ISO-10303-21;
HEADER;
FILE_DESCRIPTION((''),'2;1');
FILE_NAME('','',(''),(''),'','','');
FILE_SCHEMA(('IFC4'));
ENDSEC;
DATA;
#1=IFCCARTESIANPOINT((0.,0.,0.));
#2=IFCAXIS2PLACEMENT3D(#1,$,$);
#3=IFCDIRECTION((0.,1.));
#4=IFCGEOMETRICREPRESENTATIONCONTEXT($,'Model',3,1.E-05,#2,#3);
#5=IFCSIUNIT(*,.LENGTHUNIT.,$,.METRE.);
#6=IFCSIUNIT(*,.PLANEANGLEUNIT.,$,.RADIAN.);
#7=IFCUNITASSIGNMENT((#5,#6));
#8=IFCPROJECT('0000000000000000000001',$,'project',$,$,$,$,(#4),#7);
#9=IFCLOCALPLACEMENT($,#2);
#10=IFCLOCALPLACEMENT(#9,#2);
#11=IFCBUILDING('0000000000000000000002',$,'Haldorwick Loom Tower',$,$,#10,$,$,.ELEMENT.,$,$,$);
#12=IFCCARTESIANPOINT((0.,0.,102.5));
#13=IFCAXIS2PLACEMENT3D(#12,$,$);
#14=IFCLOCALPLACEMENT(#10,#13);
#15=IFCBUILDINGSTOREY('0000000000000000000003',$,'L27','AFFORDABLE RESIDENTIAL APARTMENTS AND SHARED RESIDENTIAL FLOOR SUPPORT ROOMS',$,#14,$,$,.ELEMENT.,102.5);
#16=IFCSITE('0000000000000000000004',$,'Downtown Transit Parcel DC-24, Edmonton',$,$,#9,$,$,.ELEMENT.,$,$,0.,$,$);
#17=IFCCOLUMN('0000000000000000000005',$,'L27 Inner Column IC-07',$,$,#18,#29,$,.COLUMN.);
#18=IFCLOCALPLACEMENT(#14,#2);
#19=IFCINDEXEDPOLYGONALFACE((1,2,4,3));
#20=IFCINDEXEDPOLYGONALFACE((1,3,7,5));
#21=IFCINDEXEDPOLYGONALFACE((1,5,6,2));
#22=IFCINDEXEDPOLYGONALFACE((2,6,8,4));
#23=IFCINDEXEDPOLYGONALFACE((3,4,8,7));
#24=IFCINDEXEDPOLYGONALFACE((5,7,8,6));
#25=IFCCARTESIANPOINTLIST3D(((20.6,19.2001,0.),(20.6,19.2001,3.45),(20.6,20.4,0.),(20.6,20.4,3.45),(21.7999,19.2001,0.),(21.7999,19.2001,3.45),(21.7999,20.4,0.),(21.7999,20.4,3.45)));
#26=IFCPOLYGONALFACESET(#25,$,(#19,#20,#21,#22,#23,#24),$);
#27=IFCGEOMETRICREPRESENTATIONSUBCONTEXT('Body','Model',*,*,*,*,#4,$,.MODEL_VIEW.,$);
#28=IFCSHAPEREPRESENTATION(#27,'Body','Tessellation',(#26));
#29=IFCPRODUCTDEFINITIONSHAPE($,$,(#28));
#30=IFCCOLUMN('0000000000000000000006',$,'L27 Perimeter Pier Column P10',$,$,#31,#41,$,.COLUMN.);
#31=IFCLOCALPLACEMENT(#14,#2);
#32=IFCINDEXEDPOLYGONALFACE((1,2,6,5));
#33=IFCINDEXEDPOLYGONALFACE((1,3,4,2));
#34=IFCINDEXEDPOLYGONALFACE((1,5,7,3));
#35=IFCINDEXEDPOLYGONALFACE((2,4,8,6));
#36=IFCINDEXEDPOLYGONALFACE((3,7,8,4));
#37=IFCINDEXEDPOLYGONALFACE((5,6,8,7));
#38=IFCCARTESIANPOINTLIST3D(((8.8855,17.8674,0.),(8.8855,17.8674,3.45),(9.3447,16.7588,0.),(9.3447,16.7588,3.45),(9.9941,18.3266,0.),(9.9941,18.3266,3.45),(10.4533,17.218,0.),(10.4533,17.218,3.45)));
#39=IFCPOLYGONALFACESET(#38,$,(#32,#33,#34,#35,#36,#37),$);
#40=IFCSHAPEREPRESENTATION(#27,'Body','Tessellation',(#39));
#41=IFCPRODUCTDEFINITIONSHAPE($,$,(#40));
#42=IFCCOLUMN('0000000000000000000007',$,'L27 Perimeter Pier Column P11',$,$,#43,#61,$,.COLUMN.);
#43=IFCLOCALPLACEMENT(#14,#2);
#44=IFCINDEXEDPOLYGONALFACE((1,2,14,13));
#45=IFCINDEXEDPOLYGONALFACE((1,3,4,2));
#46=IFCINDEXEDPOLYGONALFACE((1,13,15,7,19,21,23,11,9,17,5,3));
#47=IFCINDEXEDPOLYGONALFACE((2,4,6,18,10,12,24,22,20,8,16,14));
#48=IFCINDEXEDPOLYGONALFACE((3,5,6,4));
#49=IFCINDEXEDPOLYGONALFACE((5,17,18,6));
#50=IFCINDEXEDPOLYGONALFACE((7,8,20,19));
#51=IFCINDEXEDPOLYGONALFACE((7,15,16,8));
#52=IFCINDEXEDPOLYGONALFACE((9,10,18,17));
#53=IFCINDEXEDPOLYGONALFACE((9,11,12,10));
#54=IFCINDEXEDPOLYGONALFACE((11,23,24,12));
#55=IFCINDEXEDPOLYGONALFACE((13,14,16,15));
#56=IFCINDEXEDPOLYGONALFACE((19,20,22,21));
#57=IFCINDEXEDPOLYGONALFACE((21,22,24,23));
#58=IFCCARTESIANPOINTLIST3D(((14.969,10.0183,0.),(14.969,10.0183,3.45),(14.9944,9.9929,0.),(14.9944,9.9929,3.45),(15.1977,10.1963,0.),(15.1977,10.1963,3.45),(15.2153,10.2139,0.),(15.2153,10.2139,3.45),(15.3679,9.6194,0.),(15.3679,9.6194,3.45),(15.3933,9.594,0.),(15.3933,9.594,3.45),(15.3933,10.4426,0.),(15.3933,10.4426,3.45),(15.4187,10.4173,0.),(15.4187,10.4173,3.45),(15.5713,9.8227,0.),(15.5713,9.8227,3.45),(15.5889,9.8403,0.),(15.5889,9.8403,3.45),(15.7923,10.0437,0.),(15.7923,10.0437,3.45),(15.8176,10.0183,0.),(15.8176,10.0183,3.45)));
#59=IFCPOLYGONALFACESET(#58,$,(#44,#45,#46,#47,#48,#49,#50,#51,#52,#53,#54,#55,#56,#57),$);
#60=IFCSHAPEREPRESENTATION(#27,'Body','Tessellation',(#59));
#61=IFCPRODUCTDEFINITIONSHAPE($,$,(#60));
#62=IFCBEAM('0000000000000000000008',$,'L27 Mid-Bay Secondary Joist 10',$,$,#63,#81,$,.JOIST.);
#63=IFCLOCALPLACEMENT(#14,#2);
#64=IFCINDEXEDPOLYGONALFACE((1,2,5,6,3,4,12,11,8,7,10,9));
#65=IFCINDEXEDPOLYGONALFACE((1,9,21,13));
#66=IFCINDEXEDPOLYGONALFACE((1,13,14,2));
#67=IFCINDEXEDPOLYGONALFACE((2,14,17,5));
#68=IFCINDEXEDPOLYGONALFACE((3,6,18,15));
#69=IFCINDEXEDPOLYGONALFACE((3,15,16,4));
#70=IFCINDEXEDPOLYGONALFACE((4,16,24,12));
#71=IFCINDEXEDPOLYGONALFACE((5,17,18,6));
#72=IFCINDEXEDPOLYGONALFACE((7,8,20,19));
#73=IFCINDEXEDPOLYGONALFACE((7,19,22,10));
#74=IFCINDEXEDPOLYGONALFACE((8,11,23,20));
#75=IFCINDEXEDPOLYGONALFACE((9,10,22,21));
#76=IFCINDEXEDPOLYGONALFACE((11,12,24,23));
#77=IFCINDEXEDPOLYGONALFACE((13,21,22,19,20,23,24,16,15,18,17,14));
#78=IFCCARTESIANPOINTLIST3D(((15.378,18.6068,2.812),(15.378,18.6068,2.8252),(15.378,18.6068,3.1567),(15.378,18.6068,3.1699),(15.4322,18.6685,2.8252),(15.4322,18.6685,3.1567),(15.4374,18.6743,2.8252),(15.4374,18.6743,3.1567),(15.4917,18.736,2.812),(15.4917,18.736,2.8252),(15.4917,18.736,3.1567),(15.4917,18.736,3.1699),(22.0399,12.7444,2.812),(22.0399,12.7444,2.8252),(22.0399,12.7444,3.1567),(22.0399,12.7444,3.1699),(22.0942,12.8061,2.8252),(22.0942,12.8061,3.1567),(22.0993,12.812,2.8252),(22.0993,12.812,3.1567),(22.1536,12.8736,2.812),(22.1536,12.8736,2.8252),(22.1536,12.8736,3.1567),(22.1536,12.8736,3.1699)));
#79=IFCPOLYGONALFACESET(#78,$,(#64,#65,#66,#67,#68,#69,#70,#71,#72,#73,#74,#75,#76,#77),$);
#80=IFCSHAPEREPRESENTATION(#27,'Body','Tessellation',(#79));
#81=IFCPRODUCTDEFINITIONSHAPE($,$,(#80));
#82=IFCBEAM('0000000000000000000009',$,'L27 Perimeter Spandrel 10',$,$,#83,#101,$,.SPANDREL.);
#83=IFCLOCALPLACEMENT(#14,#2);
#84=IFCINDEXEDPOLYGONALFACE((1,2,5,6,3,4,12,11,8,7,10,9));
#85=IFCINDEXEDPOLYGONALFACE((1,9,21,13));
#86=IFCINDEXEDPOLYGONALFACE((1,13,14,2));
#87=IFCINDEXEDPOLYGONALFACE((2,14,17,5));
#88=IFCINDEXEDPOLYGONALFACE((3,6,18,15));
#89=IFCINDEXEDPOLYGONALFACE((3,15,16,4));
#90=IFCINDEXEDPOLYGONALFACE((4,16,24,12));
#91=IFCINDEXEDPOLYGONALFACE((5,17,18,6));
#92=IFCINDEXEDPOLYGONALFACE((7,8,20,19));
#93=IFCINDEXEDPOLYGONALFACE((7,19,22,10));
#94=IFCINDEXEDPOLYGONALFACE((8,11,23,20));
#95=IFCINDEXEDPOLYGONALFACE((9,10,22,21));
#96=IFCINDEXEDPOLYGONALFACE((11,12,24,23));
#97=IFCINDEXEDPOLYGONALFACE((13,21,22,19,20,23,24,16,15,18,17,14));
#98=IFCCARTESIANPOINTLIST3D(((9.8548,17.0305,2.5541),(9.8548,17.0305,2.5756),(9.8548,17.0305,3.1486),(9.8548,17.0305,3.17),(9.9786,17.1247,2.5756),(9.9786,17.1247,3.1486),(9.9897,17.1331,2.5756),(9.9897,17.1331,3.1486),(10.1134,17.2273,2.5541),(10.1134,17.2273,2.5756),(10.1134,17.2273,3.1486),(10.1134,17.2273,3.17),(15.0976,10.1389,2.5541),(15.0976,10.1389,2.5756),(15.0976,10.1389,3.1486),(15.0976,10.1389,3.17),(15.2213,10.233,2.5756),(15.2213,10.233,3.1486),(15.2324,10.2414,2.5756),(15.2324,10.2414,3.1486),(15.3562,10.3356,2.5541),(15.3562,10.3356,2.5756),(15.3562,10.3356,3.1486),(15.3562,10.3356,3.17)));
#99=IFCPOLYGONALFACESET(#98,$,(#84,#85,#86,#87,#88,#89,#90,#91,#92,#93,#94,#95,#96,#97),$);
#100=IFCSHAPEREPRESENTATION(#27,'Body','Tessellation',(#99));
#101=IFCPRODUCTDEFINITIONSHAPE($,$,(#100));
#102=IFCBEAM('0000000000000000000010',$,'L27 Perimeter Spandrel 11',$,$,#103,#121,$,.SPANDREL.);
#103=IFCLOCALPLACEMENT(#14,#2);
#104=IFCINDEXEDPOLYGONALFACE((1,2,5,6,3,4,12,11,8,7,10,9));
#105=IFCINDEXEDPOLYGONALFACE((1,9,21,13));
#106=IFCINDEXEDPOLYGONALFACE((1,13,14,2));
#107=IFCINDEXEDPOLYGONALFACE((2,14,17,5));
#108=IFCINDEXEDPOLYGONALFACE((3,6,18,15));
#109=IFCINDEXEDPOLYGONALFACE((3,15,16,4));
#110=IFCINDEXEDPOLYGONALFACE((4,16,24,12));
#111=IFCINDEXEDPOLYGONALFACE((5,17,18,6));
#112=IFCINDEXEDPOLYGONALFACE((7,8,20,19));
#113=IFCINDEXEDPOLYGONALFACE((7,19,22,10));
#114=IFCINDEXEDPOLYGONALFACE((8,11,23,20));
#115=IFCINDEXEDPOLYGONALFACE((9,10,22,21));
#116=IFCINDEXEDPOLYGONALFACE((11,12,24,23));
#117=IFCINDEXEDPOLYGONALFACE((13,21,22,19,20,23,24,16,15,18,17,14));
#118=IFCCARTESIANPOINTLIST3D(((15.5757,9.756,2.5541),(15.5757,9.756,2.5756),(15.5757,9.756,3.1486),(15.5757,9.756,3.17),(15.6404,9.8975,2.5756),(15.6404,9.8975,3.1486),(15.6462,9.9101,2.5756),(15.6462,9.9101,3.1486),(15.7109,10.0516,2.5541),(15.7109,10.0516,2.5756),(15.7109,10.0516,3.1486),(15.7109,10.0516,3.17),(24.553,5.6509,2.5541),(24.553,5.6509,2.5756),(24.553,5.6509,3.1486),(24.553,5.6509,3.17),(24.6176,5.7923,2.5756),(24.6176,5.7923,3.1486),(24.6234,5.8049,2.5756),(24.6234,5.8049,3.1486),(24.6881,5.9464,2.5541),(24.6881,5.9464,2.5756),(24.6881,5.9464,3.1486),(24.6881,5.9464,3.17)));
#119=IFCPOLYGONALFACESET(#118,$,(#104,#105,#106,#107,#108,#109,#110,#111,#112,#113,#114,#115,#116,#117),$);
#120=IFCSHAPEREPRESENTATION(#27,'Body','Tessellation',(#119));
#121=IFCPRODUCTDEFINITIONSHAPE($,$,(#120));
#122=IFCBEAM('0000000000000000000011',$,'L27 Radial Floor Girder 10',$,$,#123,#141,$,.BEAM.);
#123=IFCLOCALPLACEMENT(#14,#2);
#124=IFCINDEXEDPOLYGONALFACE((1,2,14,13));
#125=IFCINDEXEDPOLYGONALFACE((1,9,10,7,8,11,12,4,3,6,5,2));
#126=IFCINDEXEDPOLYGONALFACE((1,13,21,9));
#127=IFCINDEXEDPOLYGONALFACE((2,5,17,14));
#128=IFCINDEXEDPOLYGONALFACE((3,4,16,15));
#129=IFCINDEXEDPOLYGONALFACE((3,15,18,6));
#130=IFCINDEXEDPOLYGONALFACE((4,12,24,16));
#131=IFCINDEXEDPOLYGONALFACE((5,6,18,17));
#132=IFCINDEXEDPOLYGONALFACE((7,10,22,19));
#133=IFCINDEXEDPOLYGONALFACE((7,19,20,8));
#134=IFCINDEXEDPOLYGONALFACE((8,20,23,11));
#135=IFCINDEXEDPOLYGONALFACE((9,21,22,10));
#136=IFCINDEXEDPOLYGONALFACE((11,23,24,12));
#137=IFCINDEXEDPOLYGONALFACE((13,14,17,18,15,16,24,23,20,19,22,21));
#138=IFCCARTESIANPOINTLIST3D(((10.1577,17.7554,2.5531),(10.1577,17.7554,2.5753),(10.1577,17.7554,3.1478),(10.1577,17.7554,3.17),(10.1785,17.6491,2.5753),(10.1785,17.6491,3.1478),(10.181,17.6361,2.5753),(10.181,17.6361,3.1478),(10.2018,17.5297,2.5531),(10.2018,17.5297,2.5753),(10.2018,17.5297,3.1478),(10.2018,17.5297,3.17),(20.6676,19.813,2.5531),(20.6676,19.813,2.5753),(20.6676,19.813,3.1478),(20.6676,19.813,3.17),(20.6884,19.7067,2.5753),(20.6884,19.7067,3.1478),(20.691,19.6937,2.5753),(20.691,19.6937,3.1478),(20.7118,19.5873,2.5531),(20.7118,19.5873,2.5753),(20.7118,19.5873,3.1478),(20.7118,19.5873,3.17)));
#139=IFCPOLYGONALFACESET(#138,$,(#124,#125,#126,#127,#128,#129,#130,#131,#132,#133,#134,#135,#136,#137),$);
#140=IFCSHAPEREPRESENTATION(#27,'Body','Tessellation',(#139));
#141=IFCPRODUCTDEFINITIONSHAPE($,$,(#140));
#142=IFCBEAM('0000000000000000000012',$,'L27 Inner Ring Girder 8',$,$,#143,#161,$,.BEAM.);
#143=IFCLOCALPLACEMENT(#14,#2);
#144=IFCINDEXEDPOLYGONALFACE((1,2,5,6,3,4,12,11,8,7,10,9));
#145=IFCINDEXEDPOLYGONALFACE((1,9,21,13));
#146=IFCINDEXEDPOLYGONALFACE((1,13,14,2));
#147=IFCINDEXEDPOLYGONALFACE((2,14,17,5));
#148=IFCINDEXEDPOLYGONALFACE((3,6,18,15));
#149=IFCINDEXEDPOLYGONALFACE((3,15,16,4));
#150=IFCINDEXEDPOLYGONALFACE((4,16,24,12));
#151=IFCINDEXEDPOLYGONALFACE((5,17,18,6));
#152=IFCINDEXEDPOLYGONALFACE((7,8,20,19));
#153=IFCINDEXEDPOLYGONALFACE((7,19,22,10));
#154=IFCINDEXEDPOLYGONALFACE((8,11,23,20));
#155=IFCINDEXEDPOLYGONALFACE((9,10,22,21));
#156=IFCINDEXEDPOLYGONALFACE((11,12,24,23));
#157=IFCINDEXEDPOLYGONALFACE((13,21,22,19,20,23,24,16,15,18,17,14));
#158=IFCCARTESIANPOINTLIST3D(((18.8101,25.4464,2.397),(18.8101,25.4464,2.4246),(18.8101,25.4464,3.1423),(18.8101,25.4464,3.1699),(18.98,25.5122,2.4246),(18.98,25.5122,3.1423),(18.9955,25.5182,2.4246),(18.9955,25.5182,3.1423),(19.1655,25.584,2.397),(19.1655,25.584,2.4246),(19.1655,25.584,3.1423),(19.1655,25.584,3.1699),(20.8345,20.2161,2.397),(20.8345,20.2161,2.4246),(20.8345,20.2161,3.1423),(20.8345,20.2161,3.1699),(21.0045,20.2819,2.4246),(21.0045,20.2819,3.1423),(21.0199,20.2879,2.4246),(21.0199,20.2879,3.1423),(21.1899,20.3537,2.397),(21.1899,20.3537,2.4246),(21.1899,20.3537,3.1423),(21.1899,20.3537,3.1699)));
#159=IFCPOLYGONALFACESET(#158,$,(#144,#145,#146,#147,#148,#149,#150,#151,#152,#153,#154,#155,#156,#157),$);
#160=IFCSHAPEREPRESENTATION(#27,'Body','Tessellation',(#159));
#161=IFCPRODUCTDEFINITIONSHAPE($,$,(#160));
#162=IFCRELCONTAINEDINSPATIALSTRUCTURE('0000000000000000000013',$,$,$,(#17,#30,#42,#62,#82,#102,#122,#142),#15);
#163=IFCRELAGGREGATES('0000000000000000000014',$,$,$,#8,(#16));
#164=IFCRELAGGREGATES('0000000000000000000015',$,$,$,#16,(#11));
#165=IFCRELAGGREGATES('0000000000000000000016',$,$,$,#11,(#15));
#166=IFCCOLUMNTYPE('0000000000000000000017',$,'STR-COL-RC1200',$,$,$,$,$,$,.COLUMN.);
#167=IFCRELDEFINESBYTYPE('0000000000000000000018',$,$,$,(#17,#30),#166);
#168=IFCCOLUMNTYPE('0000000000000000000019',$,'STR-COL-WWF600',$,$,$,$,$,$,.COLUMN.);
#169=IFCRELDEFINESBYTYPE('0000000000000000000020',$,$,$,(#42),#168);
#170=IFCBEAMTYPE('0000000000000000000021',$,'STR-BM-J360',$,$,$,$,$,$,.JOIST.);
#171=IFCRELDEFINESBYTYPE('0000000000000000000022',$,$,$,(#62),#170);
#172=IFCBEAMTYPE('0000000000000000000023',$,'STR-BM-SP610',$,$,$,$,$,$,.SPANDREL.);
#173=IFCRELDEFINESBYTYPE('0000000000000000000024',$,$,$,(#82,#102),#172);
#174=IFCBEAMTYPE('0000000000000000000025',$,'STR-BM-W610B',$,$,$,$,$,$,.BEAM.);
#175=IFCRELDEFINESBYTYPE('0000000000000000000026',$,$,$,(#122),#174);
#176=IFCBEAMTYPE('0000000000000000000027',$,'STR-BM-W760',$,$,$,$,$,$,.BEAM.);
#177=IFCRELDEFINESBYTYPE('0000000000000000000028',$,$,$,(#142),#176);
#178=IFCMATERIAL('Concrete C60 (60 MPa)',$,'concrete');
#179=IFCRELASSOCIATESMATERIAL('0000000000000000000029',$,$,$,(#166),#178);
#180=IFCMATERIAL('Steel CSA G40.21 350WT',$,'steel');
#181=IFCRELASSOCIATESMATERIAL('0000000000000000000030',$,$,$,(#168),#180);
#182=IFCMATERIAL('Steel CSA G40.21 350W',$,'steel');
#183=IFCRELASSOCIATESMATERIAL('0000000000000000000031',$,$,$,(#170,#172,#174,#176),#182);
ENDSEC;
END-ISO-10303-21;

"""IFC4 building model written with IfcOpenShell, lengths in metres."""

from ifc_helpers import new_model, si_unit, direction, frame, origin, origin_2d, place, context, subcontext, project, spatial, rectangle, i_section, extrude, material, material_profile, profile_set, type_object, element, save


model = new_model("IFC4")

# Units and contexts
model_context = context("Model", 3, precision=1e-05, world=origin(), true_north=direction((0.0, 1.0)))
body_context = subcontext(model_context, "Body", "Model", "MODEL_VIEW")
ifc_project = project(units=[si_unit("LENGTHUNIT", "METRE"), si_unit("PLANEANGLEUNIT", "RADIAN")], contexts=[model_context])

# Site, building, storey
site_placement = place(None, origin())
site = spatial("IfcSite", under=ifc_project, at=site_placement, Name="Downtown Transit Parcel DC-24, Edmonton", CompositionType="ELEMENT", RefElevation=0.0)
building_placement = place(site_placement, origin())
building = spatial("IfcBuilding", under=site, at=building_placement, Name="Haldorwick Loom Tower", CompositionType="ELEMENT")
storey_placement = place(building_placement, frame((0.0, 0.0, 102.5)))
storey = spatial("IfcBuildingStorey", under=building, at=storey_placement, Name="L27", Description="AFFORDABLE RESIDENTIAL APARTMENTS AND SHARED RESIDENTIAL FLOOR SUPPORT ROOMS", CompositionType="ELEMENT", Elevation=102.5)

# Columns
ifc_material_1 = material(Name="Concrete C60 (60 MPa)", Category="concrete")
ifc_material_profile_1 = material_profile(ifc_material_1, rectangle(XDim=1.2, YDim=1.2, at=origin_2d()), Name="RC1200X1200", Category="concrete")
ifc_profile_set_1 = profile_set([ifc_material_profile_1], Name="Concrete C60 (60 MPa)")
column_type_1 = type_object("IfcColumnType", Name="STR-COL-RC1200", PredefinedType="COLUMN", material=ifc_profile_set_1)
for number, where, z_axis, x_axis, name in (
    (1, (21.2, 19.8, 0.0), (0.0, 0.0, 1.0), (1.0, 0.0, 0.0), "L27 Inner Column IC-07"),
    (2, (9.6694, 17.5427, 0.0), (0.0, 0.0, 1.0), (-0.92388, -0.382683, 0.0), "L27 Perimeter Pier Column P10"),
):
    element("IfcColumn", number, at=place(storey_placement, frame(where, z_axis=z_axis, x_axis=x_axis)), inside=storey, type_object=column_type_1, Name=name, PredefinedType="COLUMN", context=body_context, shape_type="SweptSolid", body=[
        extrude(rectangle(XDim=1.2, YDim=1.2, at=origin_2d()), origin(), (0.0, 0.0, 1.0), 3.45),
    ])
ifc_material_2 = material(Name="Steel CSA G40.21 350WT", Category="steel")
ifc_material_profile_2 = material_profile(ifc_material_2, i_section(OverallWidth=0.6001, OverallDepth=0.6001, WebThickness=0.0249, FlangeThickness=0.0359, at=origin_2d()), Name="WWF600X600", Category="steel")
ifc_profile_set_2 = profile_set([ifc_material_profile_2], Name="Steel CSA G40.21 350WT")
column_type_2 = type_object("IfcColumnType", Name="STR-COL-WWF600", PredefinedType="COLUMN", material=ifc_profile_set_2)
column_placement = place(storey_placement, frame((15.3933, 10.0183, 0.0), z_axis=(0.0, 0.0, 1.0), x_axis=(-0.707107, -0.707107, 0.0)))
element("IfcColumn", 3, at=column_placement, inside=storey, type_object=column_type_2, Name="L27 Perimeter Pier Column P11", PredefinedType="COLUMN", context=body_context, shape_type="SweptSolid", body=[
    extrude(i_section(OverallWidth=0.6001, OverallDepth=0.6001, WebThickness=0.0249, FlangeThickness=0.0359, at=origin_2d()), origin(), (0.0, 0.0, 1.0), 3.45),
])

# Beams
ifc_material_3 = material(Name="Steel CSA G40.21 350W", Category="steel")
ifc_material_profile_3 = material_profile(ifc_material_3, i_section(OverallWidth=0.1721, OverallDepth=0.3579, WebThickness=0.0078, FlangeThickness=0.0132, at=origin_2d()), Name="W360X57", Category="steel")
ifc_profile_set_3 = profile_set([ifc_material_profile_3], Name="Steel CSA G40.21 350W")
beam_type_1 = type_object("IfcBeamType", Name="STR-BM-J360", PredefinedType="JOIST", material=ifc_profile_set_3)
beam_1_placement = place(storey_placement, frame((15.4348, 18.6714, 2.991), z_axis=(0.750721, -0.660619, 0.0), x_axis=(0.660619, 0.750721, 0.0)))
element("IfcBeam", 4, at=beam_1_placement, inside=storey, type_object=beam_type_1, Name="L27 Mid-Bay Secondary Joist 10", PredefinedType="JOIST", context=body_context, shape_type="SweptSolid", body=[
    extrude(i_section(OverallWidth=0.1721, OverallDepth=0.3579, WebThickness=0.0078, FlangeThickness=0.0132, at=origin_2d()), origin(), (0.0, 0.0, 1.0), 8.874),
])
ifc_material_profile_4 = material_profile(ifc_material_3, i_section(OverallWidth=0.325, OverallDepth=0.616, WebThickness=0.0139, FlangeThickness=0.0215, at=origin_2d()), Name="W610X174", Category="steel")
ifc_profile_set_4 = profile_set([ifc_material_profile_4], Name="Steel CSA G40.21 350W")
beam_type_2 = type_object("IfcBeamType", Name="STR-BM-SP610", PredefinedType="SPANDREL", material=ifc_profile_set_4)
beam_2_placement = place(storey_placement, frame((9.9841, 17.1289, 2.8621), z_axis=(0.605454, -0.795881, 0.0), x_axis=(0.795881, 0.605454, 0.0)))
element("IfcBeam", 5, at=beam_2_placement, inside=storey, type_object=beam_type_2, Name="L27 Perimeter Spandrel 10", PredefinedType="SPANDREL", context=body_context, shape_type="SweptSolid", body=[
    extrude(i_section(OverallWidth=0.325, OverallDepth=0.616, WebThickness=0.0139, FlangeThickness=0.0215, at=origin_2d()), origin(), (0.0, 0.0, 1.0), 8.6592),
])
beam_3_placement = place(storey_placement, frame((15.6433, 9.9038, 2.8621), z_axis=(0.909424, -0.41587, 0.0), x_axis=(0.41587, 0.909424, 0.0)))
element("IfcBeam", 6, at=beam_3_placement, inside=storey, type_object=beam_type_2, Name="L27 Perimeter Spandrel 11", PredefinedType="SPANDREL", context=body_context, shape_type="SweptSolid", body=[
    extrude(i_section(OverallWidth=0.325, OverallDepth=0.616, WebThickness=0.0139, FlangeThickness=0.0215, at=origin_2d()), origin(), (0.0, 0.0, 1.0), 9.8713),
])
ifc_material_profile_5 = material_profile(ifc_material_3, i_section(OverallWidth=0.23, OverallDepth=0.6169, WebThickness=0.0132, FlangeThickness=0.0222, at=origin_2d()), Name="W610X140", Category="steel")
ifc_profile_set_5 = profile_set([ifc_material_profile_5], Name="Steel CSA G40.21 350W")
beam_type_3 = type_object("IfcBeamType", Name="STR-BM-W610B", PredefinedType="BEAM", material=ifc_profile_set_5)
beam_4_placement = place(storey_placement, frame((20.6897, 19.7002, 2.8616), z_axis=(-0.98137, -0.192129, 0.0), x_axis=(0.192129, -0.98137, 0.0)))
element("IfcBeam", 7, at=beam_4_placement, inside=storey, type_object=beam_type_3, Name="L27 Radial Floor Girder 10", PredefinedType="BEAM", context=body_context, shape_type="SweptSolid", body=[
    extrude(i_section(OverallWidth=0.23, OverallDepth=0.6169, WebThickness=0.0132, FlangeThickness=0.0222, at=origin_2d()), origin(), (0.0, 0.0, 1.0), 10.7095),
])
ifc_material_profile_6 = material_profile(ifc_material_3, i_section(OverallWidth=0.3811, OverallDepth=0.7729, WebThickness=0.0166, FlangeThickness=0.0276, at=origin_2d()), Name="W760X257", Category="steel")
ifc_profile_set_6 = profile_set([ifc_material_profile_6], Name="Steel CSA G40.21 350W")
beam_type_4 = type_object("IfcBeamType", Name="STR-BM-W760", PredefinedType="BEAM", material=ifc_profile_set_6)
beam_5_placement = place(storey_placement, frame((21.0122, 20.2849, 2.7834), z_axis=(-0.360965, 0.932579, 0.0), x_axis=(-0.932579, -0.360965, 0.0)))
element("IfcBeam", 8, at=beam_5_placement, inside=storey, type_object=beam_type_4, Name="L27 Inner Ring Girder 8", PredefinedType="BEAM", context=body_context, shape_type="SweptSolid", body=[
    extrude(i_section(OverallWidth=0.3811, OverallDepth=0.7729, WebThickness=0.0166, FlangeThickness=0.0276, at=origin_2d()), origin(), (0.0, 0.0, 1.0), 5.6084),
])

save(model, "model.ifc")
